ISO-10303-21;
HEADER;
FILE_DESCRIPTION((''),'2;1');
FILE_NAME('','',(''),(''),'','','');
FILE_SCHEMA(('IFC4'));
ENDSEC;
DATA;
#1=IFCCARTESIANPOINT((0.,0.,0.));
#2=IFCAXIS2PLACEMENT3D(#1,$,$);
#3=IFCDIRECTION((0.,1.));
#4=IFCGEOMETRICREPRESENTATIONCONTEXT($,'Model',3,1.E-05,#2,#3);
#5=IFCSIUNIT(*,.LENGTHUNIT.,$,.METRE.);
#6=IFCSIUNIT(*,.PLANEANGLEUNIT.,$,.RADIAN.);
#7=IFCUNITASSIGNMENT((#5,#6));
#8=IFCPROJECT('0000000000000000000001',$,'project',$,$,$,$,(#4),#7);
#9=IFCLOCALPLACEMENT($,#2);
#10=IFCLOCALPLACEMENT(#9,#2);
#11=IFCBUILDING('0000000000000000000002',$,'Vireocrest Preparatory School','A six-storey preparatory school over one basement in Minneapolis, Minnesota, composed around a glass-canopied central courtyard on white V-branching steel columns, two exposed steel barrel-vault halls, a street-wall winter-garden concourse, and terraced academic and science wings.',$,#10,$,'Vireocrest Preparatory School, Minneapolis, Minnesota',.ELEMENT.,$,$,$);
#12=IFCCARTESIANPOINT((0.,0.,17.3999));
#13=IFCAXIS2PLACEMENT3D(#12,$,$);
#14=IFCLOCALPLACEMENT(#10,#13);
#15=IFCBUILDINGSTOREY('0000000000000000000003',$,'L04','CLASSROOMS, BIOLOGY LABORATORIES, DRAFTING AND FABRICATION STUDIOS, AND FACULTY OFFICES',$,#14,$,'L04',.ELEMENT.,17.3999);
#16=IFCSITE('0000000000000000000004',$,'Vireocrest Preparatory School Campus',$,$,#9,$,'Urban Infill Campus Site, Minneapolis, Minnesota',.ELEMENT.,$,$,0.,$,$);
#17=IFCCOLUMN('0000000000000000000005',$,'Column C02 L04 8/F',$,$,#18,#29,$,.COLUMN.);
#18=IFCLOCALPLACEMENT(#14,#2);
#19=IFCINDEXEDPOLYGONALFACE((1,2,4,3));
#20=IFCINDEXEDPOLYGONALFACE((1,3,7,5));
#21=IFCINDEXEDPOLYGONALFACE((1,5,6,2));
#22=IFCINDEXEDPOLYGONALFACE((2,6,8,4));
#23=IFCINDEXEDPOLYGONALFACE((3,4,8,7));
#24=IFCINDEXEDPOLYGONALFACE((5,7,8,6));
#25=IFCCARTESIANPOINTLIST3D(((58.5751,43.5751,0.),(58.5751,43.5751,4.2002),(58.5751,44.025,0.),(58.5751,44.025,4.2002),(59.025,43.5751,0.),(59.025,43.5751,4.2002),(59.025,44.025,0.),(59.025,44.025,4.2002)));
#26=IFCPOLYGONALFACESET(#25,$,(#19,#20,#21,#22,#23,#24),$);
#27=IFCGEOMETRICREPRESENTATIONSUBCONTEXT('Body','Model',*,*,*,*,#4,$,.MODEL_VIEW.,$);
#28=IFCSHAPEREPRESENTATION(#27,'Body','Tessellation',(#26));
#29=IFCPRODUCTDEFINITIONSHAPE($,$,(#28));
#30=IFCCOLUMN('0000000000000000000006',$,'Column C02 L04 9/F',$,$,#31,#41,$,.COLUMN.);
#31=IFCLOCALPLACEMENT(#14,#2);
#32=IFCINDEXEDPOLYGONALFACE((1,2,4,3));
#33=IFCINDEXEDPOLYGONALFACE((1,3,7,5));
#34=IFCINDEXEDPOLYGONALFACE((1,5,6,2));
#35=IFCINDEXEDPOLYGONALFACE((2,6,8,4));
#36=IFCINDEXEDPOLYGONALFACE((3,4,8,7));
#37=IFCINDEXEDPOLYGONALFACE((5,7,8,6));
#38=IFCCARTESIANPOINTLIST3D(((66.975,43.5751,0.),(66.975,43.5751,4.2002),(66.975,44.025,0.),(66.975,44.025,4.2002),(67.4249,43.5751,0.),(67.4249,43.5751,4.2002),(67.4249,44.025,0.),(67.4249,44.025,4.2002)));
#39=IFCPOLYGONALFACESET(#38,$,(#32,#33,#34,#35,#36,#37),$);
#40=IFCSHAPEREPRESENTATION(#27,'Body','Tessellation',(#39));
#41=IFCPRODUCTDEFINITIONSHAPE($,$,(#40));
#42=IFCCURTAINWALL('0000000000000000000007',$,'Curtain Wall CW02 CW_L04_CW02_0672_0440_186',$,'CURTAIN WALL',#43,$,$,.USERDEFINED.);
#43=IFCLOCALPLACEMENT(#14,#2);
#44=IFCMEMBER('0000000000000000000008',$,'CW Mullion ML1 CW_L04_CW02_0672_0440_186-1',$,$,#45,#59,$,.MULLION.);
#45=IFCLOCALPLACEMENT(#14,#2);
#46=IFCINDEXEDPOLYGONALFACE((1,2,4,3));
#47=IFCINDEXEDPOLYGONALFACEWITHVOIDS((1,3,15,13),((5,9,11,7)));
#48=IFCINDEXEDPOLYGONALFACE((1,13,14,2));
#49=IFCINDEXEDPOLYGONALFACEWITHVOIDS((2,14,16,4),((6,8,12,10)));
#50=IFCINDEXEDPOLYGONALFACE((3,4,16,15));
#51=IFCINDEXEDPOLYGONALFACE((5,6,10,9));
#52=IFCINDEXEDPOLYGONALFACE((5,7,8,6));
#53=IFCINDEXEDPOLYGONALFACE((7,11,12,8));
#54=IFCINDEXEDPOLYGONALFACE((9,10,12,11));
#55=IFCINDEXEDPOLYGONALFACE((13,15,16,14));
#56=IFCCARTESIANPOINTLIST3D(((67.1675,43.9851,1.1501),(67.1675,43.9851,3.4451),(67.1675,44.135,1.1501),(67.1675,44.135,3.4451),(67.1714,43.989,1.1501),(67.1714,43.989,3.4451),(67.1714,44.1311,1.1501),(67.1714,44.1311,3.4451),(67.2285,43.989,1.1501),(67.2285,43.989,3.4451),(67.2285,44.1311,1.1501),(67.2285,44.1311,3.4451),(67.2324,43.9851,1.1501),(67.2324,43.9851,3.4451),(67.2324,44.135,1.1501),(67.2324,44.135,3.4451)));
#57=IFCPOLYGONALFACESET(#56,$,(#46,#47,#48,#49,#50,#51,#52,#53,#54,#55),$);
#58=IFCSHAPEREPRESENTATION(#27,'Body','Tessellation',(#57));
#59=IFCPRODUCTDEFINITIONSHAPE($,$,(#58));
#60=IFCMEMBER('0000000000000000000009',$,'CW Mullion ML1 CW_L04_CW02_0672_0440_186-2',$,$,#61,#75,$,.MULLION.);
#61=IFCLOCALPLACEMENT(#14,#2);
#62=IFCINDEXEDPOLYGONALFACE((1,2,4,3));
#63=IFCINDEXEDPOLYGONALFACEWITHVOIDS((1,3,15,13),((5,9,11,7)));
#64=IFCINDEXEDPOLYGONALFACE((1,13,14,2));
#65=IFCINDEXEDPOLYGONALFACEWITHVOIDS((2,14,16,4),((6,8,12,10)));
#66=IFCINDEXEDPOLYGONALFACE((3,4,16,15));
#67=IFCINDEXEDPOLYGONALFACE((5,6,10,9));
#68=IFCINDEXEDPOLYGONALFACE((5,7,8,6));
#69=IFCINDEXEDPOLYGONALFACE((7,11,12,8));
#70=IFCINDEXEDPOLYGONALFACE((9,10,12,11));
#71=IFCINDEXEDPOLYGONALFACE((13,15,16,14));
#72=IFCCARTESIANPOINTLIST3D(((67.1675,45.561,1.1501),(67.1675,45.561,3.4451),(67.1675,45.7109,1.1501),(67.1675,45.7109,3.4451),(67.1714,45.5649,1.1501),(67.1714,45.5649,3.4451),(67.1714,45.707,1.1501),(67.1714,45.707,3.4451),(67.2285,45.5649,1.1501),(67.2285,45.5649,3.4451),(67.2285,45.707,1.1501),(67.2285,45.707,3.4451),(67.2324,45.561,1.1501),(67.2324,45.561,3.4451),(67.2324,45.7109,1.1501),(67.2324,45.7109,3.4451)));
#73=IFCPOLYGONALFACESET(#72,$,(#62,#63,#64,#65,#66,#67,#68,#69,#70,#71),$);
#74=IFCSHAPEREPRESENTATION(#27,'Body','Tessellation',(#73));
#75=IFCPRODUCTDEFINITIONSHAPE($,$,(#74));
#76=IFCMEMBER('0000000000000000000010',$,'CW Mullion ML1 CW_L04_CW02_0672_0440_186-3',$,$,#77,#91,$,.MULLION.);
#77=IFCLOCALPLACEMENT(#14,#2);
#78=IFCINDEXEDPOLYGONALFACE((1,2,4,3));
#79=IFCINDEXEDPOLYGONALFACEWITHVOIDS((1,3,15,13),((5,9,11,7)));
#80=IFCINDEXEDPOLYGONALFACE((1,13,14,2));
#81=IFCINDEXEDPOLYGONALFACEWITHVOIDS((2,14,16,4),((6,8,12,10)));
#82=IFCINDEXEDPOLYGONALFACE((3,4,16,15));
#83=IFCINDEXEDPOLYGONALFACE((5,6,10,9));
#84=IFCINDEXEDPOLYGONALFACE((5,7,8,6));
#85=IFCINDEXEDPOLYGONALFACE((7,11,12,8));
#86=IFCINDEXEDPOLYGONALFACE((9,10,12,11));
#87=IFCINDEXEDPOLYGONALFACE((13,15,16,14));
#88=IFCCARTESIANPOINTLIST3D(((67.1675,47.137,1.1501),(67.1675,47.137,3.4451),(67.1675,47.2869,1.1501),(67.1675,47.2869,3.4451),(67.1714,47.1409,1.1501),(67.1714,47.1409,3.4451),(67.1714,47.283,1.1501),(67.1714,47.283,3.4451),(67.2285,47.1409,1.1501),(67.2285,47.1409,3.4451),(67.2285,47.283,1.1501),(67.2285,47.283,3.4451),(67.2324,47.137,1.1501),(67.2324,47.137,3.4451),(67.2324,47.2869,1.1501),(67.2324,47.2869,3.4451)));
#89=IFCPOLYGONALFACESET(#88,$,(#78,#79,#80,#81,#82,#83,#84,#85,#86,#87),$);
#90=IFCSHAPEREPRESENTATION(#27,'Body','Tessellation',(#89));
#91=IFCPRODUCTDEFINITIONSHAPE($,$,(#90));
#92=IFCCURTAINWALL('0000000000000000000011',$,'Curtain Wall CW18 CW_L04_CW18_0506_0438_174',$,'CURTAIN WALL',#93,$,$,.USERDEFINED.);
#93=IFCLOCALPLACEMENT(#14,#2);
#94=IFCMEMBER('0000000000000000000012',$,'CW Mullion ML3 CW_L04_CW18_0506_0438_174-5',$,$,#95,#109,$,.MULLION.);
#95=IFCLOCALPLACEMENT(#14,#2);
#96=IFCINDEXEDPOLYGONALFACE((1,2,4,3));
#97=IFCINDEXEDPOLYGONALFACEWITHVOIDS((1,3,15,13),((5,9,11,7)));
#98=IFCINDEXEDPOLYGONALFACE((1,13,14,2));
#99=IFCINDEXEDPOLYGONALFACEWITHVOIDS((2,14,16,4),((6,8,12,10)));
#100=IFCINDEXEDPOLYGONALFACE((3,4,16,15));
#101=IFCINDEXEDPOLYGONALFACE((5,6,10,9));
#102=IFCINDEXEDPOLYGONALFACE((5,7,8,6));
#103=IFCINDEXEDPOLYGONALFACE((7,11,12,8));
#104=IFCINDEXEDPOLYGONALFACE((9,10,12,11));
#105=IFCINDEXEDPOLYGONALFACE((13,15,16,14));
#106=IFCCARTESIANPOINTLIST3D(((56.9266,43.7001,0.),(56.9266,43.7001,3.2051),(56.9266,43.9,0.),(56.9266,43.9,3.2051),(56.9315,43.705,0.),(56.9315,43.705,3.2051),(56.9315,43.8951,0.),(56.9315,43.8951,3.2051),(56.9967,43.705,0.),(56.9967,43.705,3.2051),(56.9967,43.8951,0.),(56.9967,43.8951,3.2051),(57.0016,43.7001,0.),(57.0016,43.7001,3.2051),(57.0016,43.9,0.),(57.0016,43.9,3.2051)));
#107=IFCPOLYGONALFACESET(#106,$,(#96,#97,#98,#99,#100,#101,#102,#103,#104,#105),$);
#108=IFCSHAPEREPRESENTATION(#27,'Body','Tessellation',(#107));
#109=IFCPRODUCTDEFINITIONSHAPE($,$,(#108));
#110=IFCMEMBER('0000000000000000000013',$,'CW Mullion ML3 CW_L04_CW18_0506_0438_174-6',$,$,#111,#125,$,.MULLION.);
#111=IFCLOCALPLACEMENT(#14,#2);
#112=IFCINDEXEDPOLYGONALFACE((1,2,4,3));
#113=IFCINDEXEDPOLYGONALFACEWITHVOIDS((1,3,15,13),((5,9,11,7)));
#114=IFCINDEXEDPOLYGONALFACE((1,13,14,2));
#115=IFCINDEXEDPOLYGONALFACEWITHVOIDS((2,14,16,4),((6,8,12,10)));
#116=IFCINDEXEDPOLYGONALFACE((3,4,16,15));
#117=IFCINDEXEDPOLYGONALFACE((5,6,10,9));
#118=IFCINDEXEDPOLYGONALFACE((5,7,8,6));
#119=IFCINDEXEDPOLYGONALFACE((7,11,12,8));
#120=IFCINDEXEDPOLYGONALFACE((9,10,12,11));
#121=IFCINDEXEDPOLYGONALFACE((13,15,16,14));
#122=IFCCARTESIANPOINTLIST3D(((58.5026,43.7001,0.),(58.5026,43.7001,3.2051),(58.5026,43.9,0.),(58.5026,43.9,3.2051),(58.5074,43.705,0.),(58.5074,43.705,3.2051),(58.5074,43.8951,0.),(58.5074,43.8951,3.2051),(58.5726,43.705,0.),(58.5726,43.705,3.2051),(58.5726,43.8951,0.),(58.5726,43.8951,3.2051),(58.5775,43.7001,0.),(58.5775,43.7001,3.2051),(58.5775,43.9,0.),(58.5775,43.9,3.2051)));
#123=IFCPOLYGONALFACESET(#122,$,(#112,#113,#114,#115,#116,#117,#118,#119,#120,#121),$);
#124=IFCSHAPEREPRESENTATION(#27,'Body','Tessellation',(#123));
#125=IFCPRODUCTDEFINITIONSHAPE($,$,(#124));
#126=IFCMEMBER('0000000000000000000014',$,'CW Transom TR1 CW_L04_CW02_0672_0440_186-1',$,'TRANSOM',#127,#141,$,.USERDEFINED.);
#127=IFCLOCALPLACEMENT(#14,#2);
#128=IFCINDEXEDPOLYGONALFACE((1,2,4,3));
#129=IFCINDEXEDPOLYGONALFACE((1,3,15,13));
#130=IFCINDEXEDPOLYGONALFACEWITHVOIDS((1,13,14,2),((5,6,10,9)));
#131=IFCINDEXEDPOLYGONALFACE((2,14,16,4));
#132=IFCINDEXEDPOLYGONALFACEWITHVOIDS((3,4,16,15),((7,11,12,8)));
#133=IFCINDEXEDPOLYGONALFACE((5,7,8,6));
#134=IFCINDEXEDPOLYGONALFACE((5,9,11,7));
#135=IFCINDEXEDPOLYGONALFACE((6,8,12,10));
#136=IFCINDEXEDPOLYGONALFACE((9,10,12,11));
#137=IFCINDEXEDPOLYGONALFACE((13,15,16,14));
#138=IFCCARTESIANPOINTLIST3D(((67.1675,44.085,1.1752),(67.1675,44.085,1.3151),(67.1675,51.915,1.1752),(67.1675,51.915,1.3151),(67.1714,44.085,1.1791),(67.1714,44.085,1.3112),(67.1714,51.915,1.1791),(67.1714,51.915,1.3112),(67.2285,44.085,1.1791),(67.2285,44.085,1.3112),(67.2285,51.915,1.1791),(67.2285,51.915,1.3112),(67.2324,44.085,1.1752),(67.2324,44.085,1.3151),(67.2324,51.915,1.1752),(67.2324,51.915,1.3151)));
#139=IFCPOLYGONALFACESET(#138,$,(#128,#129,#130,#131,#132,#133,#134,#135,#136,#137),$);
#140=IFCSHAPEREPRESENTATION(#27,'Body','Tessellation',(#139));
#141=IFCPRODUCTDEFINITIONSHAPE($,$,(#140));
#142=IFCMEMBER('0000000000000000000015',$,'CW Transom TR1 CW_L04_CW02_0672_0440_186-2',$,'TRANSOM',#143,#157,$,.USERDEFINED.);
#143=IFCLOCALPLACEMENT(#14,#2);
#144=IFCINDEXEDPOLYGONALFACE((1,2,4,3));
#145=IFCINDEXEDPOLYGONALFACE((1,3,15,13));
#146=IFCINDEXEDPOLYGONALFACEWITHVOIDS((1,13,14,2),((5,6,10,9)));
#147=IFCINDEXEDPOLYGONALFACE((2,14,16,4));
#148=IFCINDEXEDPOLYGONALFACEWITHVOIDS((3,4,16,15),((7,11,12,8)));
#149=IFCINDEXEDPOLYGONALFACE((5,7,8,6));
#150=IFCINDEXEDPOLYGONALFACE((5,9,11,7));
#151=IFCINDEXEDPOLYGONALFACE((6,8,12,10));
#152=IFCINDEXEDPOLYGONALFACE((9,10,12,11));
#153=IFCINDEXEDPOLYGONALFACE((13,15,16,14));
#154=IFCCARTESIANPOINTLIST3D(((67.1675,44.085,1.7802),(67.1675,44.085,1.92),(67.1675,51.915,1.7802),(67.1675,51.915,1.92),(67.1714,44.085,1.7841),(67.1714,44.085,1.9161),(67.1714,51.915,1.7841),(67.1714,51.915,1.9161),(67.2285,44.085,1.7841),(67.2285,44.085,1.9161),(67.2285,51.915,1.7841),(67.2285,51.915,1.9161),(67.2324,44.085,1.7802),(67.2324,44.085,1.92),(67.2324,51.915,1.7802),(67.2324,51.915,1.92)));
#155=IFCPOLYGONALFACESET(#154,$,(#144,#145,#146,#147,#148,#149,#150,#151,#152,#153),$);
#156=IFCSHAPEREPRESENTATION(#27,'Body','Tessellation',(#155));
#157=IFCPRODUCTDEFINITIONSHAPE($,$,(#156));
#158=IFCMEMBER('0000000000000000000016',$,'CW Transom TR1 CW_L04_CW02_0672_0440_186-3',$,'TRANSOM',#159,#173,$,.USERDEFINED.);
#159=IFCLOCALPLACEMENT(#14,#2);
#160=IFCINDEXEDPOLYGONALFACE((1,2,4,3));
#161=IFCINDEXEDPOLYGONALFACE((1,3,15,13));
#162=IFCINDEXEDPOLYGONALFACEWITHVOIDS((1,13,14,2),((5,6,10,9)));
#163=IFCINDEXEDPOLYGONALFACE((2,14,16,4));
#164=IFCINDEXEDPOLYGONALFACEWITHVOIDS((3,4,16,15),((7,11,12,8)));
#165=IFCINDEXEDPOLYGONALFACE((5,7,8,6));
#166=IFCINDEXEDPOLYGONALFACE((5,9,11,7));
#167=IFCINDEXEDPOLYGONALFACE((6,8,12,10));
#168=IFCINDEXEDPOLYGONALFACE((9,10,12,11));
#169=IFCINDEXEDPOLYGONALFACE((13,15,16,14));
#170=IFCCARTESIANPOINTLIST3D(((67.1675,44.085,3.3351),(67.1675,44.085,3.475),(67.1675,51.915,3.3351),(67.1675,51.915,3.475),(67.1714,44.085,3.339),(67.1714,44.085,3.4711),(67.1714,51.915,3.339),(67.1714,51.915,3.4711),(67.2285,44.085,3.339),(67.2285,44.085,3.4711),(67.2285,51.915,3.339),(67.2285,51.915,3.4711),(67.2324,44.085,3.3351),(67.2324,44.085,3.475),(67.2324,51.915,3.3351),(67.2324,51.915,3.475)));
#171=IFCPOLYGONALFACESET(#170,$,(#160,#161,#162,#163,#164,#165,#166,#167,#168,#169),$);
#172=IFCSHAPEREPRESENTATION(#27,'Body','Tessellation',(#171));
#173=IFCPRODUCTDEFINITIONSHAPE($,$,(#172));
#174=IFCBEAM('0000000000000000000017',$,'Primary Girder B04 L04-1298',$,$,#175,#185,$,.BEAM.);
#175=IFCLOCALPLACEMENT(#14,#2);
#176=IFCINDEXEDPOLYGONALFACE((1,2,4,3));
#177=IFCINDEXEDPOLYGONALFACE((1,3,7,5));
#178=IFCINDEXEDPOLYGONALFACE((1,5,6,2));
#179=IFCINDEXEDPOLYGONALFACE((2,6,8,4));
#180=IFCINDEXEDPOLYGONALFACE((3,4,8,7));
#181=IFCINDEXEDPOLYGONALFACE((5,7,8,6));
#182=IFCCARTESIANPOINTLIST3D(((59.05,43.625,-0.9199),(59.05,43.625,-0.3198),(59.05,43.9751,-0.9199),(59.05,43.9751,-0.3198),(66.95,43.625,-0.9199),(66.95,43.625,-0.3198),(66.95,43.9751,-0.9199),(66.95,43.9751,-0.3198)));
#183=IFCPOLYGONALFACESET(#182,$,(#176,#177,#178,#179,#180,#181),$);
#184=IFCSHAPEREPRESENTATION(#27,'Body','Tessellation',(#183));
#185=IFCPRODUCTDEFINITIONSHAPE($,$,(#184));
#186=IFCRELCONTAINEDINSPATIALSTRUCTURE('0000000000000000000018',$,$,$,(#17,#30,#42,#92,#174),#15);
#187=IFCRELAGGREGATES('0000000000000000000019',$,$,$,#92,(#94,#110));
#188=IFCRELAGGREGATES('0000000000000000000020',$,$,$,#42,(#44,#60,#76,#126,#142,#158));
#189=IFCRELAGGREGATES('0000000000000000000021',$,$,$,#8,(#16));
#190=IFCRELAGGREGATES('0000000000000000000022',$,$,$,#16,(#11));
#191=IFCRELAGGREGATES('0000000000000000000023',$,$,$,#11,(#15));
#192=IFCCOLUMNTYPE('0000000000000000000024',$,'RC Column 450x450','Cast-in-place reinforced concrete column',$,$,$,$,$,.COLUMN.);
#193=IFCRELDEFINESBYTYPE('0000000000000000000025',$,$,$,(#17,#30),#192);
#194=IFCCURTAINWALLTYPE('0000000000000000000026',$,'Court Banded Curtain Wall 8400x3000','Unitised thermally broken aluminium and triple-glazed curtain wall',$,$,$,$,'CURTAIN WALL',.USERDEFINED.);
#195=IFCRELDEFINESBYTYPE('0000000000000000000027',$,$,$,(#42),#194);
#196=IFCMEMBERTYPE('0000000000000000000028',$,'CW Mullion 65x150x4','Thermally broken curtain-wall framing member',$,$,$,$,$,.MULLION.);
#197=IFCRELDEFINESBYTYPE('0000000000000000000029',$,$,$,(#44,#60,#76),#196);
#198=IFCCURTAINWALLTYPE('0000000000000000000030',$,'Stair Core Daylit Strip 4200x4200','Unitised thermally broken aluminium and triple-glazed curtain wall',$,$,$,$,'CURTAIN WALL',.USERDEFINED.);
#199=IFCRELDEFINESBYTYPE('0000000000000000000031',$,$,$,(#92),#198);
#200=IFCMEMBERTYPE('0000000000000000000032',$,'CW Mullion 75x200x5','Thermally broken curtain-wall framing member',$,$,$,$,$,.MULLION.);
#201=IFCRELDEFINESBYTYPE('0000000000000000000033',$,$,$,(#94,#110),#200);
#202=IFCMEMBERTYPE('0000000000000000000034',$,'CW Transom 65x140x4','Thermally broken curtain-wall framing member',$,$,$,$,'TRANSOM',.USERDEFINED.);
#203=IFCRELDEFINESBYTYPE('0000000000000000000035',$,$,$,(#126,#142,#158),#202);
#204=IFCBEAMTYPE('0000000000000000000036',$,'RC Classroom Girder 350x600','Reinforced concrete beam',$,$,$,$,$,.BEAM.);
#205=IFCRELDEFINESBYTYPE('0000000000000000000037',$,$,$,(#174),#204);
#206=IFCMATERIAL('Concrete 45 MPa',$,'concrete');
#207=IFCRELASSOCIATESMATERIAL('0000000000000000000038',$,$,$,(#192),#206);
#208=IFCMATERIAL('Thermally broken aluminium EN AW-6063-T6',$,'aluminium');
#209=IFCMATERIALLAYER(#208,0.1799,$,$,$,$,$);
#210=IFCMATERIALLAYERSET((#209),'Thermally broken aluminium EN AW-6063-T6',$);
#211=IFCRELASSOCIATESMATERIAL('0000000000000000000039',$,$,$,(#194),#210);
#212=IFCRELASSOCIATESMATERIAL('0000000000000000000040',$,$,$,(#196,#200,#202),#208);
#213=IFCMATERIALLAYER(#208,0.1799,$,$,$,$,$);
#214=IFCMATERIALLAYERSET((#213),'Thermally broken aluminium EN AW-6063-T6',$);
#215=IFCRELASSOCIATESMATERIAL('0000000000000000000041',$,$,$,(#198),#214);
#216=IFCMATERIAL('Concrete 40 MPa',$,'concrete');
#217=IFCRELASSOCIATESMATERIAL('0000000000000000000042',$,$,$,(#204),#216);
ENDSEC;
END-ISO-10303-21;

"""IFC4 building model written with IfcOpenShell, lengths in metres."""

from ifc_helpers import new_model, si_unit, direction, frame, origin, origin_2d, place, context, subcontext, project, spatial, rectangle, hollow_rectangle, extrude, material, layer, layer_set, material_profile, profile_set, type_object, element, aggregate, save


model = new_model("IFC4")

# Units and contexts
model_context = context("Model", 3, precision=1e-05, world=origin(), true_north=direction((0.0, 1.0)))
body_context = subcontext(model_context, "Body", "Model", "MODEL_VIEW")
ifc_project = project(units=[si_unit("LENGTHUNIT", "METRE"), si_unit("PLANEANGLEUNIT", "RADIAN")], contexts=[model_context])

# Site, building, storey
site_placement = place(None, origin())
site = spatial("IfcSite", under=ifc_project, at=site_placement, Name="Vireocrest Preparatory School Campus", LongName="Urban Infill Campus Site, Minneapolis, Minnesota", CompositionType="ELEMENT", RefElevation=0.0)
building_placement = place(site_placement, origin())
building = spatial("IfcBuilding", under=site, at=building_placement, Name="Vireocrest Preparatory School", Description="A six-storey preparatory school over one basement in Minneapolis, Minnesota, composed around a glass-canopied central courtyard on white V-branching steel columns, two exposed steel barrel-vault halls, a street-wall winter-garden concourse, and terraced academic and science wings.", LongName="Vireocrest Preparatory School, Minneapolis, Minnesota", CompositionType="ELEMENT")
storey_placement = place(building_placement, frame((0.0, 0.0, 17.3999)))
storey = spatial("IfcBuildingStorey", under=building, at=storey_placement, Name="L04", Description="CLASSROOMS, BIOLOGY LABORATORIES, DRAFTING AND FABRICATION STUDIOS, AND FACULTY OFFICES", LongName="L04", CompositionType="ELEMENT", Elevation=17.3999)

# Columns
ifc_material_1 = material(Name="Concrete 45 MPa", Category="concrete")
ifc_material_profile_1 = material_profile(ifc_material_1, rectangle(XDim=0.45, YDim=0.45, at=origin_2d()), Name="RC 450x450")
ifc_profile_set_1 = profile_set([ifc_material_profile_1], Name="Concrete 45 MPa")
column_type = type_object("IfcColumnType", Name="RC Column 450x450", Description="Cast-in-place reinforced concrete column", PredefinedType="COLUMN", material=ifc_profile_set_1)
for number, where, z_axis, x_axis, name in (
    (1, (58.8, 43.8, 0.0), (0.0, 0.0, 1.0), (1.0, 0.0, 0.0), "Column C02 L04 8/F"),
    (2, (67.2, 43.8, 0.0), (0.0, 0.0, 1.0), (1.0, 0.0, 0.0), "Column C02 L04 9/F"),
):
    element("IfcColumn", number, at=place(storey_placement, frame(where, z_axis=z_axis, x_axis=x_axis)), inside=storey, type_object=column_type, Name=name, PredefinedType="COLUMN", context=body_context, shape_type="SweptSolid", body=[
        extrude(rectangle(XDim=0.45, YDim=0.45, at=origin_2d()), origin(), (0.0, 0.0, 1.0), 4.2002),
    ])

# Curtain walls, members
ifc_material_2 = material(Name="Thermally broken aluminium EN AW-6063-T6", Category="aluminium")
ifc_layer_1 = layer(ifc_material_2, 0.1799)
ifc_layer_set_1 = layer_set([ifc_layer_1], Name="Thermally broken aluminium EN AW-6063-T6")
curtain_wall_type_1 = type_object("IfcCurtainWallType", Name="Court Banded Curtain Wall 8400x3000", Description="Unitised thermally broken aluminium and triple-glazed curtain wall", ElementType="CURTAIN WALL", PredefinedType="USERDEFINED", material=ifc_layer_set_1)
curtain_wall_1_placement = place(storey_placement, origin())
curtain_wall_1 = element("IfcCurtainWall", 3, at=curtain_wall_1_placement, inside=storey, type_object=curtain_wall_type_1, Name="Curtain Wall CW02 CW_L04_CW02_0672_0440_186", ObjectType="CURTAIN WALL", PredefinedType="USERDEFINED")
ifc_material_profile_2 = material_profile(ifc_material_2, hollow_rectangle(XDim=0.0649, YDim=0.1499, WallThickness=0.0039, at=origin_2d()), Name="ALU 65x150x4")
ifc_profile_set_2 = profile_set([ifc_material_profile_2], Name="Thermally broken aluminium EN AW-6063-T6")
member_type_1 = type_object("IfcMemberType", Name="CW Mullion 65x150x4", Description="Thermally broken curtain-wall framing member", PredefinedType="MULLION", material=ifc_profile_set_2)
member_1_placement = place(storey_placement, frame((67.2, 44.0601, 1.1501), z_axis=(0.0, 0.0, 1.0), x_axis=(1.0, 0.0, 0.0)))
member_1 = element("IfcMember", 4, at=member_1_placement, type_object=member_type_1, Name="CW Mullion ML1 CW_L04_CW02_0672_0440_186-1", PredefinedType="MULLION", context=body_context, shape_type="SweptSolid", body=[
    extrude(hollow_rectangle(XDim=0.0649, YDim=0.1499, WallThickness=0.0039, at=origin_2d()), origin(), (0.0, 0.0, 1.0), 2.2949),
])
member_2_placement = place(storey_placement, frame((67.2, 45.636, 1.1501), z_axis=(0.0, 0.0, 1.0), x_axis=(1.0, 0.0, 0.0)))
member_2 = element("IfcMember", 5, at=member_2_placement, type_object=member_type_1, Name="CW Mullion ML1 CW_L04_CW02_0672_0440_186-2", PredefinedType="MULLION", context=body_context, shape_type="SweptSolid", body=[
    extrude(hollow_rectangle(XDim=0.0649, YDim=0.1499, WallThickness=0.0039, at=origin_2d()), origin(), (0.0, 0.0, 1.0), 2.2949),
])
member_3_placement = place(storey_placement, frame((67.2, 47.2119, 1.1501), z_axis=(0.0, 0.0, 1.0), x_axis=(1.0, 0.0, 0.0)))
member_3 = element("IfcMember", 6, at=member_3_placement, type_object=member_type_1, Name="CW Mullion ML1 CW_L04_CW02_0672_0440_186-3", PredefinedType="MULLION", context=body_context, shape_type="SweptSolid", body=[
    extrude(hollow_rectangle(XDim=0.0649, YDim=0.1499, WallThickness=0.0039, at=origin_2d()), origin(), (0.0, 0.0, 1.0), 2.2949),
])
ifc_layer_2 = layer(ifc_material_2, 0.1799)
ifc_layer_set_2 = layer_set([ifc_layer_2], Name="Thermally broken aluminium EN AW-6063-T6")
curtain_wall_type_2 = type_object("IfcCurtainWallType", Name="Stair Core Daylit Strip 4200x4200", Description="Unitised thermally broken aluminium and triple-glazed curtain wall", ElementType="CURTAIN WALL", PredefinedType="USERDEFINED", material=ifc_layer_set_2)
curtain_wall_2_placement = place(storey_placement, origin())
curtain_wall_2 = element("IfcCurtainWall", 7, at=curtain_wall_2_placement, inside=storey, type_object=curtain_wall_type_2, Name="Curtain Wall CW18 CW_L04_CW18_0506_0438_174", ObjectType="CURTAIN WALL", PredefinedType="USERDEFINED")
ifc_material_profile_3 = material_profile(ifc_material_2, hollow_rectangle(XDim=0.075, YDim=0.2, WallThickness=0.0049, at=origin_2d()), Name="ALU 75x200x5")
ifc_profile_set_3 = profile_set([ifc_material_profile_3], Name="Thermally broken aluminium EN AW-6063-T6")
member_type_2 = type_object("IfcMemberType", Name="CW Mullion 75x200x5", Description="Thermally broken curtain-wall framing member", PredefinedType="MULLION", material=ifc_profile_set_3)
member_4_placement = place(storey_placement, frame((56.9641, 43.8, 0.0), z_axis=(0.0, 0.0, 1.0), x_axis=(1.0, 0.0, 0.0)))
member_4 = element("IfcMember", 8, at=member_4_placement, type_object=member_type_2, Name="CW Mullion ML3 CW_L04_CW18_0506_0438_174-5", PredefinedType="MULLION", context=body_context, shape_type="SweptSolid", body=[
    extrude(hollow_rectangle(XDim=0.075, YDim=0.2, WallThickness=0.0049, at=origin_2d()), origin(), (0.0, 0.0, 1.0), 3.2051),
])
member_5_placement = place(storey_placement, frame((58.54, 43.8, 0.0), z_axis=(0.0, 0.0, 1.0), x_axis=(1.0, 0.0, 0.0)))
member_5 = element("IfcMember", 9, at=member_5_placement, type_object=member_type_2, Name="CW Mullion ML3 CW_L04_CW18_0506_0438_174-6", PredefinedType="MULLION", context=body_context, shape_type="SweptSolid", body=[
    extrude(hollow_rectangle(XDim=0.075, YDim=0.2, WallThickness=0.0049, at=origin_2d()), origin(), (0.0, 0.0, 1.0), 3.2051),
])

# Members
ifc_material_profile_4 = material_profile(ifc_material_2, hollow_rectangle(XDim=0.0649, YDim=0.1399, WallThickness=0.0039, at=origin_2d()), Name="ALU 65x140x4")
ifc_profile_set_4 = profile_set([ifc_material_profile_4], Name="Thermally broken aluminium EN AW-6063-T6")
member_type_3 = type_object("IfcMemberType", Name="CW Transom 65x140x4", Description="Thermally broken curtain-wall framing member", ElementType="TRANSOM", PredefinedType="USERDEFINED", material=ifc_profile_set_4)
member_6_placement = place(storey_placement, frame((67.2, 44.085, 1.2451), z_axis=(0.0, 1.0, 0.0), x_axis=(-1.0, 0.0, 0.0)))
member_6 = element("IfcMember", 10, at=member_6_placement, type_object=member_type_3, Name="CW Transom TR1 CW_L04_CW02_0672_0440_186-1", ObjectType="TRANSOM", PredefinedType="USERDEFINED", context=body_context, shape_type="SweptSolid", body=[
    extrude(hollow_rectangle(XDim=0.0649, YDim=0.1399, WallThickness=0.0039, at=origin_2d()), origin(), (0.0, 0.0, 1.0), 7.8301),
])
member_7_placement = place(storey_placement, frame((67.2, 44.085, 1.8501), z_axis=(0.0, 1.0, 0.0), x_axis=(-1.0, 0.0, 0.0)))
member_7 = element("IfcMember", 11, at=member_7_placement, type_object=member_type_3, Name="CW Transom TR1 CW_L04_CW02_0672_0440_186-2", ObjectType="TRANSOM", PredefinedType="USERDEFINED", context=body_context, shape_type="SweptSolid", body=[
    extrude(hollow_rectangle(XDim=0.0649, YDim=0.1399, WallThickness=0.0039, at=origin_2d()), origin(), (0.0, 0.0, 1.0), 7.8301),
])
member_8_placement = place(storey_placement, frame((67.2, 44.085, 3.405), z_axis=(0.0, 1.0, 0.0), x_axis=(-1.0, 0.0, 0.0)))
member_8 = element("IfcMember", 12, at=member_8_placement, type_object=member_type_3, Name="CW Transom TR1 CW_L04_CW02_0672_0440_186-3", ObjectType="TRANSOM", PredefinedType="USERDEFINED", context=body_context, shape_type="SweptSolid", body=[
    extrude(hollow_rectangle(XDim=0.0649, YDim=0.1399, WallThickness=0.0039, at=origin_2d()), origin(), (0.0, 0.0, 1.0), 7.8301),
])

# Beam
ifc_material_3 = material(Name="Concrete 40 MPa", Category="concrete")
ifc_material_profile_5 = material_profile(ifc_material_3, rectangle(XDim=0.3501, YDim=0.6001, at=origin_2d()), Name="RC 350x600")
ifc_profile_set_5 = profile_set([ifc_material_profile_5], Name="Concrete 40 MPa")
beam_type_1 = type_object("IfcBeamType", Name="RC Classroom Girder 350x600", Description="Reinforced concrete beam", PredefinedType="BEAM", material=ifc_profile_set_5)
beam_1_placement = place(storey_placement, frame((59.05, 43.8, -0.6199), z_axis=(1.0, 0.0, 0.0), x_axis=(0.0, 1.0, 0.0)))
element("IfcBeam", 13, at=beam_1_placement, inside=storey, type_object=beam_type_1, Name="Primary Girder B04 L04-1298", PredefinedType="BEAM", context=body_context, shape_type="SweptSolid", body=[
    extrude(rectangle(XDim=0.3501, YDim=0.6001, at=origin_2d()), origin(), (0.0, 0.0, 1.0), 7.8999),
])

aggregate(curtain_wall_2, [member_4, member_5])
aggregate(curtain_wall_1, [member_1, member_2, member_3, member_6, member_7, member_8])

save(model, "model.ifc")
